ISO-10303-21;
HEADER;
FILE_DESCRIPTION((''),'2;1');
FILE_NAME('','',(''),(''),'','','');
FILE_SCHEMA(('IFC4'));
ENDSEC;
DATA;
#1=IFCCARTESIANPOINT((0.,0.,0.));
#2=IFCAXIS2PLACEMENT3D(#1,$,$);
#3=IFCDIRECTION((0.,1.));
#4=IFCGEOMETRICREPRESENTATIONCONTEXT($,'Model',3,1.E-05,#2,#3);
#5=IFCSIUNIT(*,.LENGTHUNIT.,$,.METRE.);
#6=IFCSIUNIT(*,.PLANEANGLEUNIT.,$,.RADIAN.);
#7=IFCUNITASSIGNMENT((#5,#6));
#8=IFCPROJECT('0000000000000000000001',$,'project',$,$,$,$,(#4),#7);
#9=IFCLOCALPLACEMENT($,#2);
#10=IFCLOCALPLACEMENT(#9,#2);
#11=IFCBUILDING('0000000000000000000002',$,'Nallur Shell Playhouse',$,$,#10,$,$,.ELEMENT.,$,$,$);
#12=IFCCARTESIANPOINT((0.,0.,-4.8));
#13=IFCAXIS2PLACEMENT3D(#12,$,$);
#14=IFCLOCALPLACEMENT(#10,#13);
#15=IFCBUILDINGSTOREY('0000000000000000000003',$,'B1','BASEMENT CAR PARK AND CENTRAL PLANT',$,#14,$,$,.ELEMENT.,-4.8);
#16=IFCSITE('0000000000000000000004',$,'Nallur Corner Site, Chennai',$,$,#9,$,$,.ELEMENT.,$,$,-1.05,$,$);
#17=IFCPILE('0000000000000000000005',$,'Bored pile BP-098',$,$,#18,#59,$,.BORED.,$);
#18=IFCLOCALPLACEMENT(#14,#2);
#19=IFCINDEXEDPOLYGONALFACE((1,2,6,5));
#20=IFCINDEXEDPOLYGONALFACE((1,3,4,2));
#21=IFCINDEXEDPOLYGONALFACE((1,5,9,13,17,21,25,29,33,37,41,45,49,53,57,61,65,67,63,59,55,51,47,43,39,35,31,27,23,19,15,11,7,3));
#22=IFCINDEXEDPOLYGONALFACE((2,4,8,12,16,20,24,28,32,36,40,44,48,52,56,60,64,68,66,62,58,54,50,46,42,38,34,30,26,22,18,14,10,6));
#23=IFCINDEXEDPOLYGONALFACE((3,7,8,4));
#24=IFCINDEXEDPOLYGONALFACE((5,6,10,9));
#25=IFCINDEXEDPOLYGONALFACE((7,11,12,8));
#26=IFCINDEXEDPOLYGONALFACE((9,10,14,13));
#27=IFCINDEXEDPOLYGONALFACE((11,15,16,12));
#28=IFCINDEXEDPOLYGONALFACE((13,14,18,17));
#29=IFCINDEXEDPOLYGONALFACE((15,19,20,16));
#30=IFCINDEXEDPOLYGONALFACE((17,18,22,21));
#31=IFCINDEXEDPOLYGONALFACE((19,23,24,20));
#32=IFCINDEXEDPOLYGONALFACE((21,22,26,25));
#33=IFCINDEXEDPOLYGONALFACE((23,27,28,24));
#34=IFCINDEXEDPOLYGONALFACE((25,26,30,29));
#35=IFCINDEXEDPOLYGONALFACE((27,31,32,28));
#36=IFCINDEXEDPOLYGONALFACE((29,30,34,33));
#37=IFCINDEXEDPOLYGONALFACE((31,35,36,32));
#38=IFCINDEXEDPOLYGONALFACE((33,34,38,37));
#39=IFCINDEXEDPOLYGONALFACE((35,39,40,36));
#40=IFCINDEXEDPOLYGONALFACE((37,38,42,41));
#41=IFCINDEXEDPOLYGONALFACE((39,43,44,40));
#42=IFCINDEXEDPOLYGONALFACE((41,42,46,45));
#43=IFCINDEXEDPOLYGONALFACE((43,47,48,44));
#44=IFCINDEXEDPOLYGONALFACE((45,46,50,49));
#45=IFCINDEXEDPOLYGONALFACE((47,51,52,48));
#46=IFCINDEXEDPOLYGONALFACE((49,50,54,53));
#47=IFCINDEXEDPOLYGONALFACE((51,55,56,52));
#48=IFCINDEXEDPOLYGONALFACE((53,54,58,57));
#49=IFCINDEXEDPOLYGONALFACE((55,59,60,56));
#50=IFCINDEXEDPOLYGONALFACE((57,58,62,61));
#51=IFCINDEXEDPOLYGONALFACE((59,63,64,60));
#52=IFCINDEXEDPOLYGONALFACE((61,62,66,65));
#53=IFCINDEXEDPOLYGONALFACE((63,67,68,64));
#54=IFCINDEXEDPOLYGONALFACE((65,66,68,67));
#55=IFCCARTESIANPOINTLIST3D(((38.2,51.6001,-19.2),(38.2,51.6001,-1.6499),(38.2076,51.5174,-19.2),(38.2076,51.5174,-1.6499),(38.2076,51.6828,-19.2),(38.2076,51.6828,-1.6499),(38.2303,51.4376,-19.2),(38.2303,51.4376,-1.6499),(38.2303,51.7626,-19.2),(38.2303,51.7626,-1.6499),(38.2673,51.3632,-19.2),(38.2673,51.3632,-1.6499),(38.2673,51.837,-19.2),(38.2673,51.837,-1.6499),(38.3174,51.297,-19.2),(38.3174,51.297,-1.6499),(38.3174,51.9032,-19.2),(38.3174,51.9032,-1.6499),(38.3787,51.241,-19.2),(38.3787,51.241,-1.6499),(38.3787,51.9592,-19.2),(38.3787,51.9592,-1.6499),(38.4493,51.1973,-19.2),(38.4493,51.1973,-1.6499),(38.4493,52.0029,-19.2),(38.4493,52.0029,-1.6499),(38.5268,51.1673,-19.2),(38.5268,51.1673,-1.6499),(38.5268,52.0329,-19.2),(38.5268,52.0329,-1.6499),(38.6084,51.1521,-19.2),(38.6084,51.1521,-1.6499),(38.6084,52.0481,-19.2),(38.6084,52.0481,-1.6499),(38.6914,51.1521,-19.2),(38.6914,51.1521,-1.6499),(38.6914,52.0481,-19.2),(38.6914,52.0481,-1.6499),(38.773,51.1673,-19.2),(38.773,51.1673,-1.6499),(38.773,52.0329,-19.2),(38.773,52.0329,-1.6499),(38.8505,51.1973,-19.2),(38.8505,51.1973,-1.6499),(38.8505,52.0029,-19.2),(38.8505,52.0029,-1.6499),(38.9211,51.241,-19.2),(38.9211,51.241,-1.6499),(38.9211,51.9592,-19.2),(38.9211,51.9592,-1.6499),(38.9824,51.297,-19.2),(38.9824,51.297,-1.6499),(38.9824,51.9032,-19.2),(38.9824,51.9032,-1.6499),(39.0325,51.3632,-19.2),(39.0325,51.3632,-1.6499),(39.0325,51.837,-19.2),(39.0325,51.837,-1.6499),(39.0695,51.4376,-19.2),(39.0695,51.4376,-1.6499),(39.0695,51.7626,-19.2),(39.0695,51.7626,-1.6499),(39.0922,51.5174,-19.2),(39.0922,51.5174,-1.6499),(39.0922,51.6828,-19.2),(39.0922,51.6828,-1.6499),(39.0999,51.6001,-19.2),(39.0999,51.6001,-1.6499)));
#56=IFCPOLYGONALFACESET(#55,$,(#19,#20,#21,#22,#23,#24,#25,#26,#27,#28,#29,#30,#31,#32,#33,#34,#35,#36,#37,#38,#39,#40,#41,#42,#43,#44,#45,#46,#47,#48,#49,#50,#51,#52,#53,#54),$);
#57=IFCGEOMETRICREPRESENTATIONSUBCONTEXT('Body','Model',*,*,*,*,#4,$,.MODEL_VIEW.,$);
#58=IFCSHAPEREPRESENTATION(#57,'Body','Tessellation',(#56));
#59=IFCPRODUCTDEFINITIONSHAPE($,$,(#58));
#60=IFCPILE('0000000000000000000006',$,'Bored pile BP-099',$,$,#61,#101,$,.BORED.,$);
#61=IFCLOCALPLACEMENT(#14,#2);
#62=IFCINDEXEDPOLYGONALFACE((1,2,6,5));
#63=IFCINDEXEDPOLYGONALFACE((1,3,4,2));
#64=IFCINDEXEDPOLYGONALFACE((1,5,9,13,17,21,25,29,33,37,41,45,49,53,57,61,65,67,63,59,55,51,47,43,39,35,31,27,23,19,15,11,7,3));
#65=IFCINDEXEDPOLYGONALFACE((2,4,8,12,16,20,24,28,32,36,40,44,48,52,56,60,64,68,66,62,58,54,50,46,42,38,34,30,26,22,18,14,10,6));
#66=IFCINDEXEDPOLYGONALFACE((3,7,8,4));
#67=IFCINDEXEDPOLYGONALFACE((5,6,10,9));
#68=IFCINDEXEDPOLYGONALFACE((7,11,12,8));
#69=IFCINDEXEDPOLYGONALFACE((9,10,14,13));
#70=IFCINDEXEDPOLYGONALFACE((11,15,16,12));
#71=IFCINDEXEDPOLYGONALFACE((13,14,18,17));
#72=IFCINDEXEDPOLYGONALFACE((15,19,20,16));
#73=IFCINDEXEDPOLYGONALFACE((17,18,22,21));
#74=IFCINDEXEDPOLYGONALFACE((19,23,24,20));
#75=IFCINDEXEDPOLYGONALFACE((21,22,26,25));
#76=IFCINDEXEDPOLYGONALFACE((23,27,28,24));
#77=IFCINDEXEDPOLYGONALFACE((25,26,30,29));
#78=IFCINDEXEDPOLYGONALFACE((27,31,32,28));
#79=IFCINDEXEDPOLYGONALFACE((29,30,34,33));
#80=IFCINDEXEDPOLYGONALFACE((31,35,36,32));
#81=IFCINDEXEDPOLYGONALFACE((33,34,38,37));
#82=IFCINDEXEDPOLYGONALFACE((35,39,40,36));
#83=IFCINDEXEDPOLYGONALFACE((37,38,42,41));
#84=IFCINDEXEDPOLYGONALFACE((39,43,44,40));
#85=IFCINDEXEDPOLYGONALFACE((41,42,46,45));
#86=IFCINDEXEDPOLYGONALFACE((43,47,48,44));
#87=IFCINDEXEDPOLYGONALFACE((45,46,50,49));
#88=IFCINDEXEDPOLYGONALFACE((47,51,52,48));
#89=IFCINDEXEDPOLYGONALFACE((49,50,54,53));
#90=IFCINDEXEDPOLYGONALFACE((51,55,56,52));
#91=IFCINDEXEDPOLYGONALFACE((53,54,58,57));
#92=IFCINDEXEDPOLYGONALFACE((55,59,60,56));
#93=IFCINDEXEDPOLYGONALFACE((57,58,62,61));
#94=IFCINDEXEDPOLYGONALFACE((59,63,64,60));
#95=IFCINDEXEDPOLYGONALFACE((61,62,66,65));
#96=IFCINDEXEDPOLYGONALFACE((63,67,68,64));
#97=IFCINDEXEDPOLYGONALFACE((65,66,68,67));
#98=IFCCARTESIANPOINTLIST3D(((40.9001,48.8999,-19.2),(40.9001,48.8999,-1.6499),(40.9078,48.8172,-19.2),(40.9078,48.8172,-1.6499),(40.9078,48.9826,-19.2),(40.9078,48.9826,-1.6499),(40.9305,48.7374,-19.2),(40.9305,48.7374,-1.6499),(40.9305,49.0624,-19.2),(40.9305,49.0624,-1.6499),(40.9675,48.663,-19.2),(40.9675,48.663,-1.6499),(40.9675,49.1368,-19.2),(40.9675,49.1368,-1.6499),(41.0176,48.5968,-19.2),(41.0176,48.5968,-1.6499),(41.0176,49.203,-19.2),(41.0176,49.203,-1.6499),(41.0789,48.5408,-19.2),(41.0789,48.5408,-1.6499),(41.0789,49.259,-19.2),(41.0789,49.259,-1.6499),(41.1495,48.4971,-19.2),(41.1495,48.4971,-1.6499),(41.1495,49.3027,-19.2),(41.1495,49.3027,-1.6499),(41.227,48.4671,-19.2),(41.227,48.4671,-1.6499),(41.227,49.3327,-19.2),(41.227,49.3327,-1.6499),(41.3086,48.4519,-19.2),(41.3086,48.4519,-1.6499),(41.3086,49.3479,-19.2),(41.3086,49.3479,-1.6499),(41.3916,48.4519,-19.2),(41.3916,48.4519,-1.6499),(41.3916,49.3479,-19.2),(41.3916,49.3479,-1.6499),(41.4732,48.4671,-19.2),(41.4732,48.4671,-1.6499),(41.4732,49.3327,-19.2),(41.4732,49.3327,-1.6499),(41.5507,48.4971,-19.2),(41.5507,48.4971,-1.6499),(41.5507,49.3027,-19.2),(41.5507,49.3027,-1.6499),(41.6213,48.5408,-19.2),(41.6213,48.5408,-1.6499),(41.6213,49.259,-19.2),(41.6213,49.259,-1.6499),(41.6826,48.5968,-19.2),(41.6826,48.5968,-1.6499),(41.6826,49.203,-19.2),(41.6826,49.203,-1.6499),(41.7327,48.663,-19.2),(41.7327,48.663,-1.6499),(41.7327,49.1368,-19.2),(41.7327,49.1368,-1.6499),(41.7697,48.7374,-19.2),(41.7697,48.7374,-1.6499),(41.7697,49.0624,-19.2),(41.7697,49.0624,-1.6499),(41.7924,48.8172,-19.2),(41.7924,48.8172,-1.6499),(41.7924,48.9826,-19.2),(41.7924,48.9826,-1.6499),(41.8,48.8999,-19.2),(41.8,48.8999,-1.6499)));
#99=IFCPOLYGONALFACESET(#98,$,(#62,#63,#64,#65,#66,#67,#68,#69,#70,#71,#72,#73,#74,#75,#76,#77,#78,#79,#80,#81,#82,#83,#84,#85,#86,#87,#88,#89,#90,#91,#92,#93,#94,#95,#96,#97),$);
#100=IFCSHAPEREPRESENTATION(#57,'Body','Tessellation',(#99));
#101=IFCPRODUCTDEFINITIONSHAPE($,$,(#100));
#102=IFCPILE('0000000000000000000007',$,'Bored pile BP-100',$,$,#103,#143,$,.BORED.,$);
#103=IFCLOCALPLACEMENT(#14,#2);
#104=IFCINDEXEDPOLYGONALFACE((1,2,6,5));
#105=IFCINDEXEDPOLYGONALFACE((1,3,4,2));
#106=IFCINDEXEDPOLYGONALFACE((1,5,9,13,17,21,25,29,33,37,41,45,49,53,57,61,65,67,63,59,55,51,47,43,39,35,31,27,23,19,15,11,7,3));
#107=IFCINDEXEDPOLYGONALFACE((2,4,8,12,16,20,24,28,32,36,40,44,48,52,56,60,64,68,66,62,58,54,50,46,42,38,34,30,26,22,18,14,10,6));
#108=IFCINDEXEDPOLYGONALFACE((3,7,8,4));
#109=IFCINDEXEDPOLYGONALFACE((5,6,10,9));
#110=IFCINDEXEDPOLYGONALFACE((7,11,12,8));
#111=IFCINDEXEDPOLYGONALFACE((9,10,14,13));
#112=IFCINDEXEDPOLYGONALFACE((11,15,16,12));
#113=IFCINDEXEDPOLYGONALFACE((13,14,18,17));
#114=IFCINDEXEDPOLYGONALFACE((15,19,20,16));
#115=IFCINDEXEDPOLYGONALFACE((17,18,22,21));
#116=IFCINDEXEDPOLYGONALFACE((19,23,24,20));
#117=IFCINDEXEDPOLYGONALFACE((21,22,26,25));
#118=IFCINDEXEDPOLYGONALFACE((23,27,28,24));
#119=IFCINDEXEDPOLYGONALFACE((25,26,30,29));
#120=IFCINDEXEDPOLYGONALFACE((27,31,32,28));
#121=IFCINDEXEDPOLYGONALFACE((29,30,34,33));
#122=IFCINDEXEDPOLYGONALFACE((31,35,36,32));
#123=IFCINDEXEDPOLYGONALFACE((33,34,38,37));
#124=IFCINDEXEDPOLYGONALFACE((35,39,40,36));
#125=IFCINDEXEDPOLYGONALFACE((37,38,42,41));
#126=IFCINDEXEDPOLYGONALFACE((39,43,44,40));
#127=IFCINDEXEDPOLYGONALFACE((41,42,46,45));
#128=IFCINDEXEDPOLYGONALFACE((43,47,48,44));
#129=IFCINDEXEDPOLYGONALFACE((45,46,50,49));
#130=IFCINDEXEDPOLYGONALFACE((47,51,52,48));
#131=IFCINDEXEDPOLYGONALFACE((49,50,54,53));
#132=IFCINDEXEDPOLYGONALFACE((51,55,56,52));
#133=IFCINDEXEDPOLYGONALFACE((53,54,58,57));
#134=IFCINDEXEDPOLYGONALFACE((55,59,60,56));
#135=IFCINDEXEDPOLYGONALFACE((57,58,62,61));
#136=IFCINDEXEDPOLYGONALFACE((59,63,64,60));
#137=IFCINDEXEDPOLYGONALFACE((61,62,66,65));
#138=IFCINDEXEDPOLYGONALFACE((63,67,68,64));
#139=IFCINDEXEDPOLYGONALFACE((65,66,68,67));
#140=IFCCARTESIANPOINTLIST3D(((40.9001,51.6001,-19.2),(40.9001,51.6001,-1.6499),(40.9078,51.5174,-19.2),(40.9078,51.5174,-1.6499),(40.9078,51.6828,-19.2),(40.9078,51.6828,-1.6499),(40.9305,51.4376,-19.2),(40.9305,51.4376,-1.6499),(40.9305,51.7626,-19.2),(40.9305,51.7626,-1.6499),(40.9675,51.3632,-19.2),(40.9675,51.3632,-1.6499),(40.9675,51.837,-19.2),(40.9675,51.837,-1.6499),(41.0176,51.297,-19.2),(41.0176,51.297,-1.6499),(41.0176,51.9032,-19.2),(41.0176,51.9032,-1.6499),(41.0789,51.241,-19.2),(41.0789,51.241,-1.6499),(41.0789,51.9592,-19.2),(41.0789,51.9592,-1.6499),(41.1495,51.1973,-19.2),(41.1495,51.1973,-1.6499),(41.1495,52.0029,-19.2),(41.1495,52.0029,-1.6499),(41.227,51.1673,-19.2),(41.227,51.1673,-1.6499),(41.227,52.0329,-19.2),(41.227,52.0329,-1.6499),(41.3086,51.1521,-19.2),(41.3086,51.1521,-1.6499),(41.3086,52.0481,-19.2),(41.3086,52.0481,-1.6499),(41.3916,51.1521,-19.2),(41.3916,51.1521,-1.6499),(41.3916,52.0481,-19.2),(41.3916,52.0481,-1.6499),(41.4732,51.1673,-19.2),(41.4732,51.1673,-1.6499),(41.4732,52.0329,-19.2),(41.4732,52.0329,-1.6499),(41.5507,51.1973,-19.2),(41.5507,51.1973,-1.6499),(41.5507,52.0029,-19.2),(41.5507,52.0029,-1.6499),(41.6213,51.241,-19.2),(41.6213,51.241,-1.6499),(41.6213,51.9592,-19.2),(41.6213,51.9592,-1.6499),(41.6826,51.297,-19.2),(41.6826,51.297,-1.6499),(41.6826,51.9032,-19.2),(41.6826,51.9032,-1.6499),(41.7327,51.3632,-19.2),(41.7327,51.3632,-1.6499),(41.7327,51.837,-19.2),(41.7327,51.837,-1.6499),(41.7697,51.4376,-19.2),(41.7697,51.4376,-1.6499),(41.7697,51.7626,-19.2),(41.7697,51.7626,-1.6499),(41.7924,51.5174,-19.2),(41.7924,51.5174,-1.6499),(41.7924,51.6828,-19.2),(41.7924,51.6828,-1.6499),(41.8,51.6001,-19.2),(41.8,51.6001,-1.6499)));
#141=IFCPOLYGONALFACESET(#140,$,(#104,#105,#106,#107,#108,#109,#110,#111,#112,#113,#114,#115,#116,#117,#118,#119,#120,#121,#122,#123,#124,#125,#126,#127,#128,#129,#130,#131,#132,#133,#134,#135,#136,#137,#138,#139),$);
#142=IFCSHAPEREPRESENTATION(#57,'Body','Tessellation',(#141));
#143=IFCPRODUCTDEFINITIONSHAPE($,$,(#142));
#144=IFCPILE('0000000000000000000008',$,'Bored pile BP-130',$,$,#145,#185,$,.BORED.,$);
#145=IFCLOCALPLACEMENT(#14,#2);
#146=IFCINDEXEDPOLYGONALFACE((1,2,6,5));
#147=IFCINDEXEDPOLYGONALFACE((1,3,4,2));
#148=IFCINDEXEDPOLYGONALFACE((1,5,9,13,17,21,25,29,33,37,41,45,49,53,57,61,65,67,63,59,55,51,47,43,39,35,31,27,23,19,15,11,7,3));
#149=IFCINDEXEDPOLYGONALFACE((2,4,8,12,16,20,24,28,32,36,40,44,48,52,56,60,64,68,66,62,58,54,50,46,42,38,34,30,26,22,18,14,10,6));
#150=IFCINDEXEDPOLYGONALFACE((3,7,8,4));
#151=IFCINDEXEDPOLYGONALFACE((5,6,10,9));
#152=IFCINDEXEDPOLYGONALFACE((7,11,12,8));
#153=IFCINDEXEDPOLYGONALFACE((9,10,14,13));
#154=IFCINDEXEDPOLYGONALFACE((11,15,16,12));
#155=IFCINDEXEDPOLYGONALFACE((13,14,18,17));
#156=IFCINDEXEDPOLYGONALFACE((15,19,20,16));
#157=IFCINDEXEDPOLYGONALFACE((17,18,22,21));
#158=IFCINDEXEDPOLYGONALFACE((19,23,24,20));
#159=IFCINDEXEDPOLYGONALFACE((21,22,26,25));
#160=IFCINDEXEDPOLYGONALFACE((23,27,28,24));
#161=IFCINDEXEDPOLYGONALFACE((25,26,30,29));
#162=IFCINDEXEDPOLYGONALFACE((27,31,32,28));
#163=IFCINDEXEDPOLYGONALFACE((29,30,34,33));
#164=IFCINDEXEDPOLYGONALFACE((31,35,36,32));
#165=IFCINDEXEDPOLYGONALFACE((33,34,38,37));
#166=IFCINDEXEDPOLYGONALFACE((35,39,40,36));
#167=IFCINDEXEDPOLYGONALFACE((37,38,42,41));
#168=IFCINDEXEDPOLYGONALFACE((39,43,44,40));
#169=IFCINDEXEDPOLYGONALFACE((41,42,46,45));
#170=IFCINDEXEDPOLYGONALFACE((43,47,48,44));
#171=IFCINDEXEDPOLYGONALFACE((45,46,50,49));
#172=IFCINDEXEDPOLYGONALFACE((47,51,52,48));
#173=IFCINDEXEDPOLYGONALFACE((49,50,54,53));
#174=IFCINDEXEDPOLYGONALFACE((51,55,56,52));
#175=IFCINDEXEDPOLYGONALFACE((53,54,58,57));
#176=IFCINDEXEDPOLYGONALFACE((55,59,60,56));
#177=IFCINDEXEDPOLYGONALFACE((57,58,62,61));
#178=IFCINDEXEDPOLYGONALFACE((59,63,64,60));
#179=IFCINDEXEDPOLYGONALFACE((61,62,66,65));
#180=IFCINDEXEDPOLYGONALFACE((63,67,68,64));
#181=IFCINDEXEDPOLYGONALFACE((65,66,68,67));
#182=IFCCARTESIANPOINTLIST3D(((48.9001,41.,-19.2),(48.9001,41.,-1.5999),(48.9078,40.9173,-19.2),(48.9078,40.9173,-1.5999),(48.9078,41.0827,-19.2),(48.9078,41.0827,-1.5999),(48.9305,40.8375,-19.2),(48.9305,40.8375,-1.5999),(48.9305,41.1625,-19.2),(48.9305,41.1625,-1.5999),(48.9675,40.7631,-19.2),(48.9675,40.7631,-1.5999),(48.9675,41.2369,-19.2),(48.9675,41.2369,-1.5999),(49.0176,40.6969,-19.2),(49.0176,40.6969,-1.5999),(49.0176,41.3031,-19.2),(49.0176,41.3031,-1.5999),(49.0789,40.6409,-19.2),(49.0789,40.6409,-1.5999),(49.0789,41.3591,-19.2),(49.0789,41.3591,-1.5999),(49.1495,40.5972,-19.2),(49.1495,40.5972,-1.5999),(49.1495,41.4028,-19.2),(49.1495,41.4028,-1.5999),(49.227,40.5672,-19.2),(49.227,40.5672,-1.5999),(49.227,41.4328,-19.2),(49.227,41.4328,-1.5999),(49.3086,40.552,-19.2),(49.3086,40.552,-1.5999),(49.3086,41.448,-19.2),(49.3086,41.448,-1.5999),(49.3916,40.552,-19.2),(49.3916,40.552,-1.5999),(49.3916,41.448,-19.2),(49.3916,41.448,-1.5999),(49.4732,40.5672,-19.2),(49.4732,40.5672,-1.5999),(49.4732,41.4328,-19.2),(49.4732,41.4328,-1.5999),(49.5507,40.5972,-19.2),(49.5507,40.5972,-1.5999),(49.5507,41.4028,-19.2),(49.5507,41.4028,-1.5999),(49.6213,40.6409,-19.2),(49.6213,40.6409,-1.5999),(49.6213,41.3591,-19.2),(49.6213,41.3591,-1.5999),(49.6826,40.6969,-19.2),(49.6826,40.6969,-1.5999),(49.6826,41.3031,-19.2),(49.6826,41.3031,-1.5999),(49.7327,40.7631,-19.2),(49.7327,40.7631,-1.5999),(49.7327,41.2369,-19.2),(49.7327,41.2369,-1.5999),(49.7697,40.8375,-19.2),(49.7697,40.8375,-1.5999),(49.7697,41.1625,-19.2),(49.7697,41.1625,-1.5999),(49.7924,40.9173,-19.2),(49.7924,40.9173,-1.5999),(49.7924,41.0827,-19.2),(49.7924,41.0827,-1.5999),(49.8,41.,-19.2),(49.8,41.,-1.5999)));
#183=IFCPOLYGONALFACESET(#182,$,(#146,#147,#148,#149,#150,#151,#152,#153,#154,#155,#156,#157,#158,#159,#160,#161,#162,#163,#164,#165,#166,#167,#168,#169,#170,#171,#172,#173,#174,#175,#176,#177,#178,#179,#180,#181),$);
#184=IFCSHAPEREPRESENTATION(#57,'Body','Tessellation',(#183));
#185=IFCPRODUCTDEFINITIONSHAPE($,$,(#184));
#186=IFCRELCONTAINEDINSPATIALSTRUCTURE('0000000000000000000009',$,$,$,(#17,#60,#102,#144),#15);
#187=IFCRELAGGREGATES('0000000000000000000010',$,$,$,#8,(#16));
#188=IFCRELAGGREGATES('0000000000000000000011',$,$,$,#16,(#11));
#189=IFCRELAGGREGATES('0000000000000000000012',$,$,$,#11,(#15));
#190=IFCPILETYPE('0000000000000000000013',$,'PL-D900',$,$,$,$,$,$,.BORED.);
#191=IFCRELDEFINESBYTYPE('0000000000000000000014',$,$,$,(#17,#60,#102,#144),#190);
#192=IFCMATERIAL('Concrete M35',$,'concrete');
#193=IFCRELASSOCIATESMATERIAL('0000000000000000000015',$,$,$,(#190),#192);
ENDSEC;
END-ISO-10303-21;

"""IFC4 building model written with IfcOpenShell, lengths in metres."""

from ifc_helpers import new_model, si_unit, direction, frame, origin, origin_2d, place, context, subcontext, project, spatial, circle, extrude, material, material_profile, profile_set, type_object, element, save


model = new_model("IFC4")

# Units and contexts
model_context = context("Model", 3, precision=1e-05, world=origin(), true_north=direction((0.0, 1.0)))
body_context = subcontext(model_context, "Body", "Model", "MODEL_VIEW")
ifc_project = project(units=[si_unit("LENGTHUNIT", "METRE"), si_unit("PLANEANGLEUNIT", "RADIAN")], contexts=[model_context])

# Site, building, storey
site_placement = place(None, origin())
site = spatial("IfcSite", under=ifc_project, at=site_placement, Name="Nallur Corner Site, Chennai", CompositionType="ELEMENT", RefElevation=-1.05)
building_placement = place(site_placement, origin())
building = spatial("IfcBuilding", under=site, at=building_placement, Name="Nallur Shell Playhouse", CompositionType="ELEMENT")
storey_placement = place(building_placement, frame((0.0, 0.0, -4.8)))
storey = spatial("IfcBuildingStorey", under=building, at=storey_placement, Name="B1", Description="BASEMENT CAR PARK AND CENTRAL PLANT", CompositionType="ELEMENT", Elevation=-4.8)

# Shared definitions
ifc_material_1 = material(Name="Concrete M35", Category="concrete")

# Piles
ifc_material_profile_1 = material_profile(ifc_material_1, circle(Radius=0.45, at=origin_2d()), Name="BORED PILE D900")
ifc_profile_set_1 = profile_set([ifc_material_profile_1], Name="Concrete M35")
pile_type = type_object("IfcPileType", Name="PL-D900", PredefinedType="BORED", material=ifc_profile_set_1)
for number, where, z_axis, x_axis, name in (
    (1, (38.6499, 51.6001, -1.6499), (0.0, 0.0, -1.0), (1.0, 0.0, 0.0), "Bored pile BP-098"),
    (2, (41.3501, 48.8999, -1.6499), (0.0, 0.0, -1.0), (1.0, 0.0, 0.0), "Bored pile BP-099"),
    (3, (41.3501, 51.6001, -1.6499), (0.0, 0.0, -1.0), (1.0, 0.0, 0.0), "Bored pile BP-100"),
):
    element("IfcPile", number, at=place(storey_placement, frame(where, z_axis=z_axis, x_axis=x_axis)), inside=storey, type_object=pile_type, Name=name, PredefinedType="BORED", context=body_context, shape_type="SweptSolid", body=[
        extrude(circle(Radius=0.45, at=origin_2d()), origin(), (0.0, 0.0, 1.0), 17.55),
    ])
pile_placement = place(storey_placement, frame((49.3501, 41.0, -1.5999), z_axis=(0.0, 0.0, -1.0), x_axis=(1.0, 0.0, 0.0)))
element("IfcPile", 4, at=pile_placement, inside=storey, type_object=pile_type, Name="Bored pile BP-130", PredefinedType="BORED", context=body_context, shape_type="SweptSolid", body=[
    extrude(circle(Radius=0.45, at=origin_2d()), origin(), (0.0, 0.0, 1.0), 17.6001),
])

save(model, "model.ifc")
